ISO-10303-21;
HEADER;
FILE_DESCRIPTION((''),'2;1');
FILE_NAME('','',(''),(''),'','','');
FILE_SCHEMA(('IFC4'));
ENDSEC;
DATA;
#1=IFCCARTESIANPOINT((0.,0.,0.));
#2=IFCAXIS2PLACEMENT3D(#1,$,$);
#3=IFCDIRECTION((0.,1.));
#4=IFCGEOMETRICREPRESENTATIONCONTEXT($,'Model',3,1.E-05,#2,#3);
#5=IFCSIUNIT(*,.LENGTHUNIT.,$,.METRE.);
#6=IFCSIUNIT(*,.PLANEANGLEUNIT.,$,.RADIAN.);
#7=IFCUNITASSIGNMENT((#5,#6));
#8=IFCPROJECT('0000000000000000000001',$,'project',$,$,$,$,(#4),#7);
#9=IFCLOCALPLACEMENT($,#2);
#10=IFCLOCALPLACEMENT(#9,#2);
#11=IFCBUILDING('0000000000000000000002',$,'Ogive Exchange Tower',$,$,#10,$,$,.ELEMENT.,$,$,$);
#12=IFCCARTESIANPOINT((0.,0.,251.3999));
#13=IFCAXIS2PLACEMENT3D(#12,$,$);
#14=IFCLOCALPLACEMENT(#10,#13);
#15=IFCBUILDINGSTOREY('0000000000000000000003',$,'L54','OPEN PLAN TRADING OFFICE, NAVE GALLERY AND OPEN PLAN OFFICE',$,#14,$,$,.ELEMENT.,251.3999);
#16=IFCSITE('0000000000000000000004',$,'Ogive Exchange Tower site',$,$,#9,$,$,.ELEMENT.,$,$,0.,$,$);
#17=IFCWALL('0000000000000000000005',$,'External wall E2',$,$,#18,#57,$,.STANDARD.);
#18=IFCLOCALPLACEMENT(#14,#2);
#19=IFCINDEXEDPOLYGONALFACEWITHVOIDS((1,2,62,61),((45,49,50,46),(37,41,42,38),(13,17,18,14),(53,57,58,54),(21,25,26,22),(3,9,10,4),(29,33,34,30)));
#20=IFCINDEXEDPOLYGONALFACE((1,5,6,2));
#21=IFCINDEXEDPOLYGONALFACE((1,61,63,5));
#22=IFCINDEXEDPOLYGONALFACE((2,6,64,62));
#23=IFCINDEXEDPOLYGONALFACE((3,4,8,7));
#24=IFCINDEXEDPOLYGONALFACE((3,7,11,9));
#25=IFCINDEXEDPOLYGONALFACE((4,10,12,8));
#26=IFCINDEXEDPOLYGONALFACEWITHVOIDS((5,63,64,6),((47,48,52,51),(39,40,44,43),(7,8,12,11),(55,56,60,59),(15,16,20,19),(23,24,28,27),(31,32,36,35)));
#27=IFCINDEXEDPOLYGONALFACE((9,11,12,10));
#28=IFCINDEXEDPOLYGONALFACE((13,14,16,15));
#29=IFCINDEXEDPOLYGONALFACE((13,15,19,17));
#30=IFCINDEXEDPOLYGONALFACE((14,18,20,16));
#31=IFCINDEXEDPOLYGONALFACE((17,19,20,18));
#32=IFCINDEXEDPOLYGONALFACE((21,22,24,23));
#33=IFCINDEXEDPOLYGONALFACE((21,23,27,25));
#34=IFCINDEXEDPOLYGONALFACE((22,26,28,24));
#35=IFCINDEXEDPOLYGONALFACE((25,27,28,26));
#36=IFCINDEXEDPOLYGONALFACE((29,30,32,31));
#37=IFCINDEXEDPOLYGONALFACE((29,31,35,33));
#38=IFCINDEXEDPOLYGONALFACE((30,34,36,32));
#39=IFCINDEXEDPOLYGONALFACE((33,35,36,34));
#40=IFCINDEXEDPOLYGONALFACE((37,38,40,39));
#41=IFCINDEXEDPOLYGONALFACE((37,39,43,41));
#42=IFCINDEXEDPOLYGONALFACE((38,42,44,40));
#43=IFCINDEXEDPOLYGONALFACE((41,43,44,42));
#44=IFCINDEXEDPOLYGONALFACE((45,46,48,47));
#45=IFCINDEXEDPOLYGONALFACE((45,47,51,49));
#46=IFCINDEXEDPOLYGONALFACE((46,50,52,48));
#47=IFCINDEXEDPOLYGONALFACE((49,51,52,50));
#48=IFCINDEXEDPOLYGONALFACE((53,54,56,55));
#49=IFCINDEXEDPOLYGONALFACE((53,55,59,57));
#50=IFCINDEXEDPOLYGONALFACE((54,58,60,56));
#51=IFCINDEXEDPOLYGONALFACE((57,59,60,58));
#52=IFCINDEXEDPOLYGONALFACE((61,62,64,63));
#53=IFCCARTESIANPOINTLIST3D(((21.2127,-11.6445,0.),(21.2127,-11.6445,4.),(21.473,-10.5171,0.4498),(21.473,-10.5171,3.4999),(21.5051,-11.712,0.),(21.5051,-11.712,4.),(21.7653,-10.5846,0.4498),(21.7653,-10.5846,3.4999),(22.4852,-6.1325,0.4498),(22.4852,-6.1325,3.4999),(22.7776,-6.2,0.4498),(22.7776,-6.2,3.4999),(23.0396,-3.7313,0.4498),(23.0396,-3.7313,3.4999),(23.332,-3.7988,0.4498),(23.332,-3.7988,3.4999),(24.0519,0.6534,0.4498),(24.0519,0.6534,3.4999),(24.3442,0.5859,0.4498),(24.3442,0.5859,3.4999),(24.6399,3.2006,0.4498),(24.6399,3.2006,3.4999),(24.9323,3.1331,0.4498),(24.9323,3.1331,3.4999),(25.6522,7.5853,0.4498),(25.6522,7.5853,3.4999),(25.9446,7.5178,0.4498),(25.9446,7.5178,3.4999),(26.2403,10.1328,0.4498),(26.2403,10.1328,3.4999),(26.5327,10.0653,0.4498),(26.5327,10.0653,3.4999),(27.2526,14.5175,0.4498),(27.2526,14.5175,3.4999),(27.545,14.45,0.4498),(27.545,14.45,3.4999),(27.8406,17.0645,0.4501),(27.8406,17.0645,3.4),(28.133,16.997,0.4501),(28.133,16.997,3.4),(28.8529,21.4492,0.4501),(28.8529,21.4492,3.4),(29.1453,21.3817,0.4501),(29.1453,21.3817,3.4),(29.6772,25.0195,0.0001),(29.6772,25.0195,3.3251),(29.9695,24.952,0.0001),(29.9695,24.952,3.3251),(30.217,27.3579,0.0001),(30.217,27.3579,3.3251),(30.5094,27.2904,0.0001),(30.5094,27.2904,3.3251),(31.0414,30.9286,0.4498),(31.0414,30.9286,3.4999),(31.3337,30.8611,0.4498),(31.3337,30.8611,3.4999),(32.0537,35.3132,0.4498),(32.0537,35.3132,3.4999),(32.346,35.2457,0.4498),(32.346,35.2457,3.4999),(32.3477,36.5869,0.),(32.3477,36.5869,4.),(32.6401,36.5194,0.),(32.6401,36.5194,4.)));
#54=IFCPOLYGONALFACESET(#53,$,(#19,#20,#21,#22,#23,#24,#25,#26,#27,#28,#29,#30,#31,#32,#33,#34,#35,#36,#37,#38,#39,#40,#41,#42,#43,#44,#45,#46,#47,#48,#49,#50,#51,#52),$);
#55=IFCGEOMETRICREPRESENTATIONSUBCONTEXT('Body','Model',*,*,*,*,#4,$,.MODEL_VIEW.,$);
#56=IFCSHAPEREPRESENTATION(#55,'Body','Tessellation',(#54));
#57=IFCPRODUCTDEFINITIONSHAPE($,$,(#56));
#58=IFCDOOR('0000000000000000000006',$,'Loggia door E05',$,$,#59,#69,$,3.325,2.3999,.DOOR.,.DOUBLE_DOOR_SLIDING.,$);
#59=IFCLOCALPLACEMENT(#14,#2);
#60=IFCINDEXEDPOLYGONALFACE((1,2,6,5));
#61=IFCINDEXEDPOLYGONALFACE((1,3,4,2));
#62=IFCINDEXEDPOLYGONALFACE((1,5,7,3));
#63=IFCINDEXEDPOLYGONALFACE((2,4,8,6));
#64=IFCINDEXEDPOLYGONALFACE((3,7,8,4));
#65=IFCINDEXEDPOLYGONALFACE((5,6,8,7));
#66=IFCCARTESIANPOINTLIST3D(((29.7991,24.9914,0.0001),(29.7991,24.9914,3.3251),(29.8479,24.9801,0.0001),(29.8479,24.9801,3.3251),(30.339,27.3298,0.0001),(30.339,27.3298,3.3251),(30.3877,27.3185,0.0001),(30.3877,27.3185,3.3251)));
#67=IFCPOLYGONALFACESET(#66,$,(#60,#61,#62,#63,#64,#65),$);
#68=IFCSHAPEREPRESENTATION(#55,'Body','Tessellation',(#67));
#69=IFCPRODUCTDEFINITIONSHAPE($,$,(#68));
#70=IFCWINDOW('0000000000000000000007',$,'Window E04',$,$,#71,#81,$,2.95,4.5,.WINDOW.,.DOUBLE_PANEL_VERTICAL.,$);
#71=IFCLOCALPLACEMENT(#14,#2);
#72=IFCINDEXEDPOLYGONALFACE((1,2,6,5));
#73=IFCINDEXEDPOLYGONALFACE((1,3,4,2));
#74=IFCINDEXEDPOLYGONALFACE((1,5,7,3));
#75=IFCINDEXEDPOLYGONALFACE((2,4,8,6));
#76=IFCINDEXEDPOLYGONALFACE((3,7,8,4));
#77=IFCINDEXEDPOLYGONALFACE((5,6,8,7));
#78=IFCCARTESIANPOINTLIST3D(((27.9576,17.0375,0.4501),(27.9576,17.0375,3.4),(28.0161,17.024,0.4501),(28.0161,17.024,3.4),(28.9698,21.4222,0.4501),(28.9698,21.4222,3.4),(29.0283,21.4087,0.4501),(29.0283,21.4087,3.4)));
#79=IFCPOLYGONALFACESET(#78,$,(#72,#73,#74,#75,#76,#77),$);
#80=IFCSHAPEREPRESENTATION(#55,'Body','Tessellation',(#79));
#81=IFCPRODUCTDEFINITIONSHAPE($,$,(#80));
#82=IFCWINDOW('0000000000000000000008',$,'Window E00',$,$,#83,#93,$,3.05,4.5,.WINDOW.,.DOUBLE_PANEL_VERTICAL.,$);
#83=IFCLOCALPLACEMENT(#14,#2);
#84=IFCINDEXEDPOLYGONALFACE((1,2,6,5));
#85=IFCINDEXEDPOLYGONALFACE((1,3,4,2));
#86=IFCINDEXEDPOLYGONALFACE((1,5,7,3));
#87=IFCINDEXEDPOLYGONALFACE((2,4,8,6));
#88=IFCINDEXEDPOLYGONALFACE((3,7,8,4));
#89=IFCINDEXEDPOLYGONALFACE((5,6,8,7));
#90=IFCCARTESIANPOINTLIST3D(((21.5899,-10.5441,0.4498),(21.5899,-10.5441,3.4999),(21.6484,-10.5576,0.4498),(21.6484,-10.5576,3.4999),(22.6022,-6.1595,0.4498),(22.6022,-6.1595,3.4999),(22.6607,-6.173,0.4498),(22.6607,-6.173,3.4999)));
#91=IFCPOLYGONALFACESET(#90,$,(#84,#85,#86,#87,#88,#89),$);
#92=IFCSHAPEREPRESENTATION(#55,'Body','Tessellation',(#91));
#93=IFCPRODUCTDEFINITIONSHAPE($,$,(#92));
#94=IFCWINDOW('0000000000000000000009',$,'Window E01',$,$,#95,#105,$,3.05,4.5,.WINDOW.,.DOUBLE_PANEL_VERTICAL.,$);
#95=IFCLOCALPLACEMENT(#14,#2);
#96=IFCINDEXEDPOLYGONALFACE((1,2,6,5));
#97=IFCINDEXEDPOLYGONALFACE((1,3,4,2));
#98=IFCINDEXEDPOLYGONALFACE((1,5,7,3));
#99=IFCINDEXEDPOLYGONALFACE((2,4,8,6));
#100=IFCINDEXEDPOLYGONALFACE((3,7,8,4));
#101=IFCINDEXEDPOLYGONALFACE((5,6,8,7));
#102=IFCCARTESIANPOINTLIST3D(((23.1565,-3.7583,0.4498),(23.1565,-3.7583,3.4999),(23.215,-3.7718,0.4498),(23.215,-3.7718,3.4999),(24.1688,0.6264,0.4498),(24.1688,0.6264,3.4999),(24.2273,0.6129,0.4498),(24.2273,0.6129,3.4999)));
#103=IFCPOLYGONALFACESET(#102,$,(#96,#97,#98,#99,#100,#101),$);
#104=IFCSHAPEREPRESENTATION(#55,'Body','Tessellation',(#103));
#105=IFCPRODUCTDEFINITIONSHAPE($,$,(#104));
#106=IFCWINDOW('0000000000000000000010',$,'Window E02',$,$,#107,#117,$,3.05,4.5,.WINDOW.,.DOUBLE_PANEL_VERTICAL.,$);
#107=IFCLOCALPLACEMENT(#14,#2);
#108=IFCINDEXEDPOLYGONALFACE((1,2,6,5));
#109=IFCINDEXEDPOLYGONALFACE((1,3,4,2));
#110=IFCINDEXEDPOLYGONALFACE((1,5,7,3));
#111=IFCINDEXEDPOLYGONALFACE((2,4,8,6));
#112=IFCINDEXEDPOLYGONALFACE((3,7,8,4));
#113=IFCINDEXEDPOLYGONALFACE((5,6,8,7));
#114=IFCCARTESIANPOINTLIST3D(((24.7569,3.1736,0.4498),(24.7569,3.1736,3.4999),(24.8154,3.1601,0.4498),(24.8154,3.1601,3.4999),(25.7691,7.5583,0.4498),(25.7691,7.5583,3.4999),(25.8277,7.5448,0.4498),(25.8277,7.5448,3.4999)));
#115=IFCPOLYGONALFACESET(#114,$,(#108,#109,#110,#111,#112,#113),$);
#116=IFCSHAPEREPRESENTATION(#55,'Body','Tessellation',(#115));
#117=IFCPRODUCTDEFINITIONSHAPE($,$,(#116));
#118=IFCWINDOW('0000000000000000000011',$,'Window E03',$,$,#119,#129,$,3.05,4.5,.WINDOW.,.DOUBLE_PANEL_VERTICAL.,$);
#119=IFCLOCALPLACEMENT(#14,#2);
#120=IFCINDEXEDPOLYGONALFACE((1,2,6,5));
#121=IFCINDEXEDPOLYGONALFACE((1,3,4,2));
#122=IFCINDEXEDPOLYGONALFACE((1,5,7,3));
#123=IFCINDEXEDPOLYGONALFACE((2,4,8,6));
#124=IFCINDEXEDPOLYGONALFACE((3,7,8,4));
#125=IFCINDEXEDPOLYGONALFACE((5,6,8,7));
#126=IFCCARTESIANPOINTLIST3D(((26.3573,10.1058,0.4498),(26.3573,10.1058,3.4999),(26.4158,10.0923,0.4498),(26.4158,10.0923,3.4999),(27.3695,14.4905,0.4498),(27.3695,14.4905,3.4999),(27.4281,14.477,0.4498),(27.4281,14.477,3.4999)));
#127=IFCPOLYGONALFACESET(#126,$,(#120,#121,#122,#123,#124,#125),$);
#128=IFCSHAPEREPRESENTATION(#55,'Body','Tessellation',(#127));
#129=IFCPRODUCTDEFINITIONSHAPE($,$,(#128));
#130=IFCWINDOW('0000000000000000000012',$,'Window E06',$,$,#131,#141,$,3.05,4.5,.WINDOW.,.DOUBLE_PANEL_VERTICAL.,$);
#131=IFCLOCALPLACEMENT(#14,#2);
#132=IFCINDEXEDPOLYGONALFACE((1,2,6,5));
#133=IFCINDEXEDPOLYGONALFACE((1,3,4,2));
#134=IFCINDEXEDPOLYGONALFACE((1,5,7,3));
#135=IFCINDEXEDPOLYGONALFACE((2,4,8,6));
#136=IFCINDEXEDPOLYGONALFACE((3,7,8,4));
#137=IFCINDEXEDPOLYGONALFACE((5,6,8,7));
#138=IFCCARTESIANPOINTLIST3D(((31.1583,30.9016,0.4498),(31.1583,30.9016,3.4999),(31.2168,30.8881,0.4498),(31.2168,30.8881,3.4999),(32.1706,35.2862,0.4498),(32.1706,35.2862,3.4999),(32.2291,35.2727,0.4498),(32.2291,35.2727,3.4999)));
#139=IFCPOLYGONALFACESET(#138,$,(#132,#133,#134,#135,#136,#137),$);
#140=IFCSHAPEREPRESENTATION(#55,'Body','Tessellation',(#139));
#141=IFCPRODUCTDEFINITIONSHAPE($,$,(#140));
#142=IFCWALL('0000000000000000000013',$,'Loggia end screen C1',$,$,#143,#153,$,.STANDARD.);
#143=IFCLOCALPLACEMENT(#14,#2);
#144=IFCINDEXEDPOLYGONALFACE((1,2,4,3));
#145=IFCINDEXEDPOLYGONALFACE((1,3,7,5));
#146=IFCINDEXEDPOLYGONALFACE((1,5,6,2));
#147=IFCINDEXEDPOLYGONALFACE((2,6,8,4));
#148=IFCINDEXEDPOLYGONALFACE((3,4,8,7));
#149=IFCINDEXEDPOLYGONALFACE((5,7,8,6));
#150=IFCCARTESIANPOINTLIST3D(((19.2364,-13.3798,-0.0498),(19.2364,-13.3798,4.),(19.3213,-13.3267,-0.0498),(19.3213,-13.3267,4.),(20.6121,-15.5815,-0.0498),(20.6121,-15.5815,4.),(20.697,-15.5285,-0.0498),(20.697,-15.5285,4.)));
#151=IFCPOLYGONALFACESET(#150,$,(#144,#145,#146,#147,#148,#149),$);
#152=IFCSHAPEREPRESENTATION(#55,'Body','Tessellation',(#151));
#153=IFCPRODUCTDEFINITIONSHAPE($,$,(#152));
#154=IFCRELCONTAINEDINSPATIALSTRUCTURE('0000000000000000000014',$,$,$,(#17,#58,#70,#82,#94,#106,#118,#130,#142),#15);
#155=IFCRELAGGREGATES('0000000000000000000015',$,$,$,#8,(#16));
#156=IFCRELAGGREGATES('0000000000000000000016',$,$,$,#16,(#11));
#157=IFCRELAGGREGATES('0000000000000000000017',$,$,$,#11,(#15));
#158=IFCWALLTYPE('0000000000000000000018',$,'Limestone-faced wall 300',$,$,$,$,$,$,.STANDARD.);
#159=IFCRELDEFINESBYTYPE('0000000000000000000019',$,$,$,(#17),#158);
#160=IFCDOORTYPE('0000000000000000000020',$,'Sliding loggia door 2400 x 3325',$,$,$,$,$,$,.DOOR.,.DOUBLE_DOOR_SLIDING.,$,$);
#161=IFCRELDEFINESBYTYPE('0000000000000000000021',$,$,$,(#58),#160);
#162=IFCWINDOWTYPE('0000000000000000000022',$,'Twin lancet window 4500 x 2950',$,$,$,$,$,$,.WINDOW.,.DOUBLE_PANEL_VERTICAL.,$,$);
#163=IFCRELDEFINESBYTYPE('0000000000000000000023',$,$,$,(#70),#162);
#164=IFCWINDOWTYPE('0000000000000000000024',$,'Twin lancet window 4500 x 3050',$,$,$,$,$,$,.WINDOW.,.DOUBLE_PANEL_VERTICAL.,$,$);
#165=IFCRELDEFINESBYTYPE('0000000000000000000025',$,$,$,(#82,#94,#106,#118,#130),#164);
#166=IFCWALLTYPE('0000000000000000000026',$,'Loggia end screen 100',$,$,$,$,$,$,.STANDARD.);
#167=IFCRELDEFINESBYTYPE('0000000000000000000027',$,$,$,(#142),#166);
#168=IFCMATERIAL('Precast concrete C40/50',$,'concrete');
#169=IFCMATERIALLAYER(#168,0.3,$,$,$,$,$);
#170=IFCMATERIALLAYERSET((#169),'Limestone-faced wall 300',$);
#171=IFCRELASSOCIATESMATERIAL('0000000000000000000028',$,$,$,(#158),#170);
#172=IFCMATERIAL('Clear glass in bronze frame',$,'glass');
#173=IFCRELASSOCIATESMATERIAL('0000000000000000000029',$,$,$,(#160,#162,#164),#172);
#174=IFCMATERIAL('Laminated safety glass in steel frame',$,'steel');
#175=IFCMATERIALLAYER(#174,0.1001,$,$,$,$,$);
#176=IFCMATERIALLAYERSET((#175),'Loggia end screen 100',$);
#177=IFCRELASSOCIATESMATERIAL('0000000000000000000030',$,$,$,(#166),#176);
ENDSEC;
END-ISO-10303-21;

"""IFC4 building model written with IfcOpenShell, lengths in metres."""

from ifc_helpers import new_model, si_unit, direction, frame, frame_2d, origin, place, context, subcontext, project, spatial, rectangle, extrude, material, layer, layer_set, type_object, element, fill, save


model = new_model("IFC4")

# Units and contexts
model_context = context("Model", 3, precision=1e-05, world=origin(), true_north=direction((0.0, 1.0)))
body_context = subcontext(model_context, "Body", "Model", "MODEL_VIEW")
ifc_project = project(units=[si_unit("LENGTHUNIT", "METRE"), si_unit("PLANEANGLEUNIT", "RADIAN")], contexts=[model_context])

# Site, building, storey
site_placement = place(None, origin())
site = spatial("IfcSite", under=ifc_project, at=site_placement, Name="Ogive Exchange Tower site", CompositionType="ELEMENT", RefElevation=0.0)
building_placement = place(site_placement, origin())
building = spatial("IfcBuilding", under=site, at=building_placement, Name="Ogive Exchange Tower", CompositionType="ELEMENT")
storey_placement = place(building_placement, frame((0.0, 0.0, 251.3999)))
storey = spatial("IfcBuildingStorey", under=building, at=storey_placement, Name="L54", Description="OPEN PLAN TRADING OFFICE, NAVE GALLERY AND OPEN PLAN OFFICE", CompositionType="ELEMENT", Elevation=251.3999)

# Wall, openings, door, windows
ifc_material_1 = material(Name="Precast concrete C40/50", Category="concrete")
ifc_layer_1 = layer(ifc_material_1, 0.3)
ifc_layer_set_1 = layer_set([ifc_layer_1], Name="Limestone-faced wall 300")
wall_type_1 = type_object("IfcWallType", Name="Limestone-faced wall 300", PredefinedType="STANDARD", material=ifc_layer_set_1)
wall_1_placement = place(storey_placement, frame((21.3589, -11.6782, 0.0), z_axis=(0.0, 0.0, 1.0), x_axis=(0.224949, 0.97437, 0.0)))
wall_1 = element("IfcWall", 1, at=wall_1_placement, inside=storey, type_object=wall_type_1, Name="External wall E2", PredefinedType="STANDARD", context=body_context, shape_type="SweptSolid", body=[
    extrude(rectangle(XDim=49.5, YDim=0.3, at=frame_2d((24.75, 0.0))), origin(), (0.0, 0.0, 1.0), 4.0),
])
opening_1_placement = place(wall_1_placement, frame((1.157, 0.0, 0.45)))
opening_1 = element("IfcOpeningElement", 2, at=opening_1_placement, cuts=wall_1, PredefinedType="OPENING", context=body_context, shape_type="SweptSolid", body=[
    extrude(rectangle(XDim=4.5, YDim=3.05, at=frame_2d((2.25, 1.5249))), frame((0.0, 0.1599, 0.0), z_axis=(0.0, -1.0, 0.0), x_axis=(1.0, 0.0, 0.0)), (0.0, 0.0, 1.0), 0.3201),
])
opening_2_placement = place(wall_1_placement, frame((8.1213, 0.0, 0.45)))
opening_2 = element("IfcOpeningElement", 3, at=opening_2_placement, cuts=wall_1, PredefinedType="OPENING", context=body_context, shape_type="SweptSolid", body=[
    extrude(rectangle(XDim=4.5, YDim=3.05, at=frame_2d((2.25, 1.5249))), frame((0.0, 0.1599, 0.0), z_axis=(0.0, -1.0, 0.0), x_axis=(1.0, 0.0, 0.0)), (0.0, 0.0, 1.0), 0.3201),
])
opening_3_placement = place(wall_1_placement, frame((15.2356, 0.0, 0.45)))
opening_3 = element("IfcOpeningElement", 4, at=opening_3_placement, cuts=wall_1, PredefinedType="OPENING", context=body_context, shape_type="SweptSolid", body=[
    extrude(rectangle(XDim=4.5, YDim=3.05, at=frame_2d((2.25, 1.5249))), frame((0.0, 0.1599, 0.0), z_axis=(0.0, -1.0, 0.0), x_axis=(1.0, 0.0, 0.0)), (0.0, 0.0, 1.0), 0.3201),
])
opening_4_placement = place(wall_1_placement, frame((22.3501, 0.0, 0.45)))
opening_4 = element("IfcOpeningElement", 5, at=opening_4_placement, cuts=wall_1, PredefinedType="OPENING", context=body_context, shape_type="SweptSolid", body=[
    extrude(rectangle(XDim=4.5, YDim=3.05, at=frame_2d((2.25, 1.5249))), frame((0.0, 0.1599, 0.0), z_axis=(0.0, -1.0, 0.0), x_axis=(1.0, 0.0, 0.0)), (0.0, 0.0, 1.0), 0.3201),
])
opening_5_placement = place(wall_1_placement, frame((29.4641, 0.0, 0.45)))
opening_5 = element("IfcOpeningElement", 6, at=opening_5_placement, cuts=wall_1, PredefinedType="OPENING", context=body_context, shape_type="SweptSolid", body=[
    extrude(rectangle(XDim=4.5, YDim=2.95, at=frame_2d((2.25, 1.4751))), frame((0.0, 0.1599, 0.0), z_axis=(0.0, -1.0, 0.0), x_axis=(1.0, 0.0, 0.0)), (0.0, 0.0, 1.0), 0.3201),
])
opening_6_placement = place(wall_1_placement, frame((37.6284, 0.0, 0.0)))
opening_6 = element("IfcOpeningElement", 7, at=opening_6_placement, cuts=wall_1, PredefinedType="OPENING", context=body_context, shape_type="SweptSolid", body=[
    extrude(rectangle(XDim=2.3999, YDim=3.325, at=frame_2d((1.2, 1.6626))), frame((0.0, 0.1599, 0.0), z_axis=(0.0, -1.0, 0.0), x_axis=(1.0, 0.0, 0.0)), (0.0, 0.0, 1.0), 0.3201),
])
opening_7_placement = place(wall_1_placement, frame((43.6929, 0.0, 0.45)))
opening_7 = element("IfcOpeningElement", 8, at=opening_7_placement, cuts=wall_1, PredefinedType="OPENING", context=body_context, shape_type="SweptSolid", body=[
    extrude(rectangle(XDim=4.5, YDim=3.05, at=frame_2d((2.25, 1.5249))), frame((0.0, 0.1599, 0.0), z_axis=(0.0, -1.0, 0.0), x_axis=(1.0, 0.0, 0.0)), (0.0, 0.0, 1.0), 0.3201),
])
ifc_material_2 = material(Name="Clear glass in bronze frame", Category="glass")
door_type_1 = type_object("IfcDoorType", Name="Sliding loggia door 2400 x 3325", OperationType="DOUBLE_DOOR_SLIDING", PredefinedType="DOOR", material=ifc_material_2)
door_1_placement = place(opening_6_placement, origin())
door_1 = element("IfcDoor", 9, at=door_1_placement, inside=storey, type_object=door_type_1, Name="Loggia door E05", OperationType="DOUBLE_DOOR_SLIDING", OverallHeight=3.325, OverallWidth=2.3999, PredefinedType="DOOR", context=body_context, shape_type="SweptSolid", body=[
    extrude(rectangle(XDim=2.3999, YDim=3.325, at=frame_2d((1.2, 1.6626))), frame((0.0, 0.0249, 0.0), z_axis=(0.0, -1.0, 0.0), x_axis=(1.0, 0.0, 0.0)), (0.0, 0.0, 1.0), 0.05),
])
fill(opening_6, door_1)
window_type_1 = type_object("IfcWindowType", Name="Twin lancet window 4500 x 2950", PartitioningType="DOUBLE_PANEL_VERTICAL", PredefinedType="WINDOW", material=ifc_material_2)
window_1_placement = place(opening_5_placement, origin())
window_1 = element("IfcWindow", 10, at=window_1_placement, inside=storey, type_object=window_type_1, Name="Window E04", OverallHeight=2.95, OverallWidth=4.5, PartitioningType="DOUBLE_PANEL_VERTICAL", PredefinedType="WINDOW", context=body_context, shape_type="SweptSolid", body=[
    extrude(rectangle(XDim=4.5, YDim=2.95, at=frame_2d((2.25, 1.4751))), frame((0.0, 0.03, 0.0), z_axis=(0.0, -1.0, 0.0), x_axis=(1.0, 0.0, 0.0)), (0.0, 0.0, 1.0), 0.0601),
])
fill(opening_5, window_1)
window_type_2 = type_object("IfcWindowType", Name="Twin lancet window 4500 x 3050", PartitioningType="DOUBLE_PANEL_VERTICAL", PredefinedType="WINDOW", material=ifc_material_2)
window_2_placement = place(opening_1_placement, origin())
window_2 = element("IfcWindow", 11, at=window_2_placement, inside=storey, type_object=window_type_2, Name="Window E00", OverallHeight=3.05, OverallWidth=4.5, PartitioningType="DOUBLE_PANEL_VERTICAL", PredefinedType="WINDOW", context=body_context, shape_type="SweptSolid", body=[
    extrude(rectangle(XDim=4.5, YDim=3.05, at=frame_2d((2.25, 1.5249))), frame((0.0, 0.03, 0.0), z_axis=(0.0, -1.0, 0.0), x_axis=(1.0, 0.0, 0.0)), (0.0, 0.0, 1.0), 0.0601),
])
fill(opening_1, window_2)
window_3_placement = place(opening_2_placement, origin())
window_3 = element("IfcWindow", 12, at=window_3_placement, inside=storey, type_object=window_type_2, Name="Window E01", OverallHeight=3.05, OverallWidth=4.5, PartitioningType="DOUBLE_PANEL_VERTICAL", PredefinedType="WINDOW", context=body_context, shape_type="SweptSolid", body=[
    extrude(rectangle(XDim=4.5, YDim=3.05, at=frame_2d((2.25, 1.5249))), frame((0.0, 0.03, 0.0), z_axis=(0.0, -1.0, 0.0), x_axis=(1.0, 0.0, 0.0)), (0.0, 0.0, 1.0), 0.0601),
])
fill(opening_2, window_3)
window_4_placement = place(opening_3_placement, origin())
window_4 = element("IfcWindow", 13, at=window_4_placement, inside=storey, type_object=window_type_2, Name="Window E02", OverallHeight=3.05, OverallWidth=4.5, PartitioningType="DOUBLE_PANEL_VERTICAL", PredefinedType="WINDOW", context=body_context, shape_type="SweptSolid", body=[
    extrude(rectangle(XDim=4.5, YDim=3.05, at=frame_2d((2.25, 1.5249))), frame((0.0, 0.03, 0.0), z_axis=(0.0, -1.0, 0.0), x_axis=(1.0, 0.0, 0.0)), (0.0, 0.0, 1.0), 0.0601),
])
fill(opening_3, window_4)
window_5_placement = place(opening_4_placement, origin())
window_5 = element("IfcWindow", 14, at=window_5_placement, inside=storey, type_object=window_type_2, Name="Window E03", OverallHeight=3.05, OverallWidth=4.5, PartitioningType="DOUBLE_PANEL_VERTICAL", PredefinedType="WINDOW", context=body_context, shape_type="SweptSolid", body=[
    extrude(rectangle(XDim=4.5, YDim=3.05, at=frame_2d((2.25, 1.5249))), frame((0.0, 0.03, 0.0), z_axis=(0.0, -1.0, 0.0), x_axis=(1.0, 0.0, 0.0)), (0.0, 0.0, 1.0), 0.0601),
])
fill(opening_4, window_5)
window_6_placement = place(opening_7_placement, origin())
window_6 = element("IfcWindow", 15, at=window_6_placement, inside=storey, type_object=window_type_2, Name="Window E06", OverallHeight=3.05, OverallWidth=4.5, PartitioningType="DOUBLE_PANEL_VERTICAL", PredefinedType="WINDOW", context=body_context, shape_type="SweptSolid", body=[
    extrude(rectangle(XDim=4.5, YDim=3.05, at=frame_2d((2.25, 1.5249))), frame((0.0, 0.03, 0.0), z_axis=(0.0, -1.0, 0.0), x_axis=(1.0, 0.0, 0.0)), (0.0, 0.0, 1.0), 0.0601),
])
fill(opening_7, window_6)

# Wall
ifc_material_3 = material(Name="Laminated safety glass in steel frame", Category="steel")
ifc_layer_2 = layer(ifc_material_3, 0.1001)
ifc_layer_set_2 = layer_set([ifc_layer_2], Name="Loggia end screen 100")
wall_type_2 = type_object("IfcWallType", Name="Loggia end screen 100", PredefinedType="STANDARD", material=ifc_layer_set_2)
wall_2_placement = place(storey_placement, frame((19.2788, -13.3533, -0.0498), z_axis=(0.0, 0.0, 1.0), x_axis=(0.529914, -0.848051, 0.0)))
element("IfcWall", 16, at=wall_2_placement, inside=storey, type_object=wall_type_2, Name="Loggia end screen C1", PredefinedType="STANDARD", context=body_context, shape_type="SweptSolid", body=[
    extrude(rectangle(XDim=2.5962, YDim=0.1001, at=frame_2d((1.2981, 0.0))), origin(), (0.0, 0.0, 1.0), 4.0498),
])

save(model, "model.ifc")
